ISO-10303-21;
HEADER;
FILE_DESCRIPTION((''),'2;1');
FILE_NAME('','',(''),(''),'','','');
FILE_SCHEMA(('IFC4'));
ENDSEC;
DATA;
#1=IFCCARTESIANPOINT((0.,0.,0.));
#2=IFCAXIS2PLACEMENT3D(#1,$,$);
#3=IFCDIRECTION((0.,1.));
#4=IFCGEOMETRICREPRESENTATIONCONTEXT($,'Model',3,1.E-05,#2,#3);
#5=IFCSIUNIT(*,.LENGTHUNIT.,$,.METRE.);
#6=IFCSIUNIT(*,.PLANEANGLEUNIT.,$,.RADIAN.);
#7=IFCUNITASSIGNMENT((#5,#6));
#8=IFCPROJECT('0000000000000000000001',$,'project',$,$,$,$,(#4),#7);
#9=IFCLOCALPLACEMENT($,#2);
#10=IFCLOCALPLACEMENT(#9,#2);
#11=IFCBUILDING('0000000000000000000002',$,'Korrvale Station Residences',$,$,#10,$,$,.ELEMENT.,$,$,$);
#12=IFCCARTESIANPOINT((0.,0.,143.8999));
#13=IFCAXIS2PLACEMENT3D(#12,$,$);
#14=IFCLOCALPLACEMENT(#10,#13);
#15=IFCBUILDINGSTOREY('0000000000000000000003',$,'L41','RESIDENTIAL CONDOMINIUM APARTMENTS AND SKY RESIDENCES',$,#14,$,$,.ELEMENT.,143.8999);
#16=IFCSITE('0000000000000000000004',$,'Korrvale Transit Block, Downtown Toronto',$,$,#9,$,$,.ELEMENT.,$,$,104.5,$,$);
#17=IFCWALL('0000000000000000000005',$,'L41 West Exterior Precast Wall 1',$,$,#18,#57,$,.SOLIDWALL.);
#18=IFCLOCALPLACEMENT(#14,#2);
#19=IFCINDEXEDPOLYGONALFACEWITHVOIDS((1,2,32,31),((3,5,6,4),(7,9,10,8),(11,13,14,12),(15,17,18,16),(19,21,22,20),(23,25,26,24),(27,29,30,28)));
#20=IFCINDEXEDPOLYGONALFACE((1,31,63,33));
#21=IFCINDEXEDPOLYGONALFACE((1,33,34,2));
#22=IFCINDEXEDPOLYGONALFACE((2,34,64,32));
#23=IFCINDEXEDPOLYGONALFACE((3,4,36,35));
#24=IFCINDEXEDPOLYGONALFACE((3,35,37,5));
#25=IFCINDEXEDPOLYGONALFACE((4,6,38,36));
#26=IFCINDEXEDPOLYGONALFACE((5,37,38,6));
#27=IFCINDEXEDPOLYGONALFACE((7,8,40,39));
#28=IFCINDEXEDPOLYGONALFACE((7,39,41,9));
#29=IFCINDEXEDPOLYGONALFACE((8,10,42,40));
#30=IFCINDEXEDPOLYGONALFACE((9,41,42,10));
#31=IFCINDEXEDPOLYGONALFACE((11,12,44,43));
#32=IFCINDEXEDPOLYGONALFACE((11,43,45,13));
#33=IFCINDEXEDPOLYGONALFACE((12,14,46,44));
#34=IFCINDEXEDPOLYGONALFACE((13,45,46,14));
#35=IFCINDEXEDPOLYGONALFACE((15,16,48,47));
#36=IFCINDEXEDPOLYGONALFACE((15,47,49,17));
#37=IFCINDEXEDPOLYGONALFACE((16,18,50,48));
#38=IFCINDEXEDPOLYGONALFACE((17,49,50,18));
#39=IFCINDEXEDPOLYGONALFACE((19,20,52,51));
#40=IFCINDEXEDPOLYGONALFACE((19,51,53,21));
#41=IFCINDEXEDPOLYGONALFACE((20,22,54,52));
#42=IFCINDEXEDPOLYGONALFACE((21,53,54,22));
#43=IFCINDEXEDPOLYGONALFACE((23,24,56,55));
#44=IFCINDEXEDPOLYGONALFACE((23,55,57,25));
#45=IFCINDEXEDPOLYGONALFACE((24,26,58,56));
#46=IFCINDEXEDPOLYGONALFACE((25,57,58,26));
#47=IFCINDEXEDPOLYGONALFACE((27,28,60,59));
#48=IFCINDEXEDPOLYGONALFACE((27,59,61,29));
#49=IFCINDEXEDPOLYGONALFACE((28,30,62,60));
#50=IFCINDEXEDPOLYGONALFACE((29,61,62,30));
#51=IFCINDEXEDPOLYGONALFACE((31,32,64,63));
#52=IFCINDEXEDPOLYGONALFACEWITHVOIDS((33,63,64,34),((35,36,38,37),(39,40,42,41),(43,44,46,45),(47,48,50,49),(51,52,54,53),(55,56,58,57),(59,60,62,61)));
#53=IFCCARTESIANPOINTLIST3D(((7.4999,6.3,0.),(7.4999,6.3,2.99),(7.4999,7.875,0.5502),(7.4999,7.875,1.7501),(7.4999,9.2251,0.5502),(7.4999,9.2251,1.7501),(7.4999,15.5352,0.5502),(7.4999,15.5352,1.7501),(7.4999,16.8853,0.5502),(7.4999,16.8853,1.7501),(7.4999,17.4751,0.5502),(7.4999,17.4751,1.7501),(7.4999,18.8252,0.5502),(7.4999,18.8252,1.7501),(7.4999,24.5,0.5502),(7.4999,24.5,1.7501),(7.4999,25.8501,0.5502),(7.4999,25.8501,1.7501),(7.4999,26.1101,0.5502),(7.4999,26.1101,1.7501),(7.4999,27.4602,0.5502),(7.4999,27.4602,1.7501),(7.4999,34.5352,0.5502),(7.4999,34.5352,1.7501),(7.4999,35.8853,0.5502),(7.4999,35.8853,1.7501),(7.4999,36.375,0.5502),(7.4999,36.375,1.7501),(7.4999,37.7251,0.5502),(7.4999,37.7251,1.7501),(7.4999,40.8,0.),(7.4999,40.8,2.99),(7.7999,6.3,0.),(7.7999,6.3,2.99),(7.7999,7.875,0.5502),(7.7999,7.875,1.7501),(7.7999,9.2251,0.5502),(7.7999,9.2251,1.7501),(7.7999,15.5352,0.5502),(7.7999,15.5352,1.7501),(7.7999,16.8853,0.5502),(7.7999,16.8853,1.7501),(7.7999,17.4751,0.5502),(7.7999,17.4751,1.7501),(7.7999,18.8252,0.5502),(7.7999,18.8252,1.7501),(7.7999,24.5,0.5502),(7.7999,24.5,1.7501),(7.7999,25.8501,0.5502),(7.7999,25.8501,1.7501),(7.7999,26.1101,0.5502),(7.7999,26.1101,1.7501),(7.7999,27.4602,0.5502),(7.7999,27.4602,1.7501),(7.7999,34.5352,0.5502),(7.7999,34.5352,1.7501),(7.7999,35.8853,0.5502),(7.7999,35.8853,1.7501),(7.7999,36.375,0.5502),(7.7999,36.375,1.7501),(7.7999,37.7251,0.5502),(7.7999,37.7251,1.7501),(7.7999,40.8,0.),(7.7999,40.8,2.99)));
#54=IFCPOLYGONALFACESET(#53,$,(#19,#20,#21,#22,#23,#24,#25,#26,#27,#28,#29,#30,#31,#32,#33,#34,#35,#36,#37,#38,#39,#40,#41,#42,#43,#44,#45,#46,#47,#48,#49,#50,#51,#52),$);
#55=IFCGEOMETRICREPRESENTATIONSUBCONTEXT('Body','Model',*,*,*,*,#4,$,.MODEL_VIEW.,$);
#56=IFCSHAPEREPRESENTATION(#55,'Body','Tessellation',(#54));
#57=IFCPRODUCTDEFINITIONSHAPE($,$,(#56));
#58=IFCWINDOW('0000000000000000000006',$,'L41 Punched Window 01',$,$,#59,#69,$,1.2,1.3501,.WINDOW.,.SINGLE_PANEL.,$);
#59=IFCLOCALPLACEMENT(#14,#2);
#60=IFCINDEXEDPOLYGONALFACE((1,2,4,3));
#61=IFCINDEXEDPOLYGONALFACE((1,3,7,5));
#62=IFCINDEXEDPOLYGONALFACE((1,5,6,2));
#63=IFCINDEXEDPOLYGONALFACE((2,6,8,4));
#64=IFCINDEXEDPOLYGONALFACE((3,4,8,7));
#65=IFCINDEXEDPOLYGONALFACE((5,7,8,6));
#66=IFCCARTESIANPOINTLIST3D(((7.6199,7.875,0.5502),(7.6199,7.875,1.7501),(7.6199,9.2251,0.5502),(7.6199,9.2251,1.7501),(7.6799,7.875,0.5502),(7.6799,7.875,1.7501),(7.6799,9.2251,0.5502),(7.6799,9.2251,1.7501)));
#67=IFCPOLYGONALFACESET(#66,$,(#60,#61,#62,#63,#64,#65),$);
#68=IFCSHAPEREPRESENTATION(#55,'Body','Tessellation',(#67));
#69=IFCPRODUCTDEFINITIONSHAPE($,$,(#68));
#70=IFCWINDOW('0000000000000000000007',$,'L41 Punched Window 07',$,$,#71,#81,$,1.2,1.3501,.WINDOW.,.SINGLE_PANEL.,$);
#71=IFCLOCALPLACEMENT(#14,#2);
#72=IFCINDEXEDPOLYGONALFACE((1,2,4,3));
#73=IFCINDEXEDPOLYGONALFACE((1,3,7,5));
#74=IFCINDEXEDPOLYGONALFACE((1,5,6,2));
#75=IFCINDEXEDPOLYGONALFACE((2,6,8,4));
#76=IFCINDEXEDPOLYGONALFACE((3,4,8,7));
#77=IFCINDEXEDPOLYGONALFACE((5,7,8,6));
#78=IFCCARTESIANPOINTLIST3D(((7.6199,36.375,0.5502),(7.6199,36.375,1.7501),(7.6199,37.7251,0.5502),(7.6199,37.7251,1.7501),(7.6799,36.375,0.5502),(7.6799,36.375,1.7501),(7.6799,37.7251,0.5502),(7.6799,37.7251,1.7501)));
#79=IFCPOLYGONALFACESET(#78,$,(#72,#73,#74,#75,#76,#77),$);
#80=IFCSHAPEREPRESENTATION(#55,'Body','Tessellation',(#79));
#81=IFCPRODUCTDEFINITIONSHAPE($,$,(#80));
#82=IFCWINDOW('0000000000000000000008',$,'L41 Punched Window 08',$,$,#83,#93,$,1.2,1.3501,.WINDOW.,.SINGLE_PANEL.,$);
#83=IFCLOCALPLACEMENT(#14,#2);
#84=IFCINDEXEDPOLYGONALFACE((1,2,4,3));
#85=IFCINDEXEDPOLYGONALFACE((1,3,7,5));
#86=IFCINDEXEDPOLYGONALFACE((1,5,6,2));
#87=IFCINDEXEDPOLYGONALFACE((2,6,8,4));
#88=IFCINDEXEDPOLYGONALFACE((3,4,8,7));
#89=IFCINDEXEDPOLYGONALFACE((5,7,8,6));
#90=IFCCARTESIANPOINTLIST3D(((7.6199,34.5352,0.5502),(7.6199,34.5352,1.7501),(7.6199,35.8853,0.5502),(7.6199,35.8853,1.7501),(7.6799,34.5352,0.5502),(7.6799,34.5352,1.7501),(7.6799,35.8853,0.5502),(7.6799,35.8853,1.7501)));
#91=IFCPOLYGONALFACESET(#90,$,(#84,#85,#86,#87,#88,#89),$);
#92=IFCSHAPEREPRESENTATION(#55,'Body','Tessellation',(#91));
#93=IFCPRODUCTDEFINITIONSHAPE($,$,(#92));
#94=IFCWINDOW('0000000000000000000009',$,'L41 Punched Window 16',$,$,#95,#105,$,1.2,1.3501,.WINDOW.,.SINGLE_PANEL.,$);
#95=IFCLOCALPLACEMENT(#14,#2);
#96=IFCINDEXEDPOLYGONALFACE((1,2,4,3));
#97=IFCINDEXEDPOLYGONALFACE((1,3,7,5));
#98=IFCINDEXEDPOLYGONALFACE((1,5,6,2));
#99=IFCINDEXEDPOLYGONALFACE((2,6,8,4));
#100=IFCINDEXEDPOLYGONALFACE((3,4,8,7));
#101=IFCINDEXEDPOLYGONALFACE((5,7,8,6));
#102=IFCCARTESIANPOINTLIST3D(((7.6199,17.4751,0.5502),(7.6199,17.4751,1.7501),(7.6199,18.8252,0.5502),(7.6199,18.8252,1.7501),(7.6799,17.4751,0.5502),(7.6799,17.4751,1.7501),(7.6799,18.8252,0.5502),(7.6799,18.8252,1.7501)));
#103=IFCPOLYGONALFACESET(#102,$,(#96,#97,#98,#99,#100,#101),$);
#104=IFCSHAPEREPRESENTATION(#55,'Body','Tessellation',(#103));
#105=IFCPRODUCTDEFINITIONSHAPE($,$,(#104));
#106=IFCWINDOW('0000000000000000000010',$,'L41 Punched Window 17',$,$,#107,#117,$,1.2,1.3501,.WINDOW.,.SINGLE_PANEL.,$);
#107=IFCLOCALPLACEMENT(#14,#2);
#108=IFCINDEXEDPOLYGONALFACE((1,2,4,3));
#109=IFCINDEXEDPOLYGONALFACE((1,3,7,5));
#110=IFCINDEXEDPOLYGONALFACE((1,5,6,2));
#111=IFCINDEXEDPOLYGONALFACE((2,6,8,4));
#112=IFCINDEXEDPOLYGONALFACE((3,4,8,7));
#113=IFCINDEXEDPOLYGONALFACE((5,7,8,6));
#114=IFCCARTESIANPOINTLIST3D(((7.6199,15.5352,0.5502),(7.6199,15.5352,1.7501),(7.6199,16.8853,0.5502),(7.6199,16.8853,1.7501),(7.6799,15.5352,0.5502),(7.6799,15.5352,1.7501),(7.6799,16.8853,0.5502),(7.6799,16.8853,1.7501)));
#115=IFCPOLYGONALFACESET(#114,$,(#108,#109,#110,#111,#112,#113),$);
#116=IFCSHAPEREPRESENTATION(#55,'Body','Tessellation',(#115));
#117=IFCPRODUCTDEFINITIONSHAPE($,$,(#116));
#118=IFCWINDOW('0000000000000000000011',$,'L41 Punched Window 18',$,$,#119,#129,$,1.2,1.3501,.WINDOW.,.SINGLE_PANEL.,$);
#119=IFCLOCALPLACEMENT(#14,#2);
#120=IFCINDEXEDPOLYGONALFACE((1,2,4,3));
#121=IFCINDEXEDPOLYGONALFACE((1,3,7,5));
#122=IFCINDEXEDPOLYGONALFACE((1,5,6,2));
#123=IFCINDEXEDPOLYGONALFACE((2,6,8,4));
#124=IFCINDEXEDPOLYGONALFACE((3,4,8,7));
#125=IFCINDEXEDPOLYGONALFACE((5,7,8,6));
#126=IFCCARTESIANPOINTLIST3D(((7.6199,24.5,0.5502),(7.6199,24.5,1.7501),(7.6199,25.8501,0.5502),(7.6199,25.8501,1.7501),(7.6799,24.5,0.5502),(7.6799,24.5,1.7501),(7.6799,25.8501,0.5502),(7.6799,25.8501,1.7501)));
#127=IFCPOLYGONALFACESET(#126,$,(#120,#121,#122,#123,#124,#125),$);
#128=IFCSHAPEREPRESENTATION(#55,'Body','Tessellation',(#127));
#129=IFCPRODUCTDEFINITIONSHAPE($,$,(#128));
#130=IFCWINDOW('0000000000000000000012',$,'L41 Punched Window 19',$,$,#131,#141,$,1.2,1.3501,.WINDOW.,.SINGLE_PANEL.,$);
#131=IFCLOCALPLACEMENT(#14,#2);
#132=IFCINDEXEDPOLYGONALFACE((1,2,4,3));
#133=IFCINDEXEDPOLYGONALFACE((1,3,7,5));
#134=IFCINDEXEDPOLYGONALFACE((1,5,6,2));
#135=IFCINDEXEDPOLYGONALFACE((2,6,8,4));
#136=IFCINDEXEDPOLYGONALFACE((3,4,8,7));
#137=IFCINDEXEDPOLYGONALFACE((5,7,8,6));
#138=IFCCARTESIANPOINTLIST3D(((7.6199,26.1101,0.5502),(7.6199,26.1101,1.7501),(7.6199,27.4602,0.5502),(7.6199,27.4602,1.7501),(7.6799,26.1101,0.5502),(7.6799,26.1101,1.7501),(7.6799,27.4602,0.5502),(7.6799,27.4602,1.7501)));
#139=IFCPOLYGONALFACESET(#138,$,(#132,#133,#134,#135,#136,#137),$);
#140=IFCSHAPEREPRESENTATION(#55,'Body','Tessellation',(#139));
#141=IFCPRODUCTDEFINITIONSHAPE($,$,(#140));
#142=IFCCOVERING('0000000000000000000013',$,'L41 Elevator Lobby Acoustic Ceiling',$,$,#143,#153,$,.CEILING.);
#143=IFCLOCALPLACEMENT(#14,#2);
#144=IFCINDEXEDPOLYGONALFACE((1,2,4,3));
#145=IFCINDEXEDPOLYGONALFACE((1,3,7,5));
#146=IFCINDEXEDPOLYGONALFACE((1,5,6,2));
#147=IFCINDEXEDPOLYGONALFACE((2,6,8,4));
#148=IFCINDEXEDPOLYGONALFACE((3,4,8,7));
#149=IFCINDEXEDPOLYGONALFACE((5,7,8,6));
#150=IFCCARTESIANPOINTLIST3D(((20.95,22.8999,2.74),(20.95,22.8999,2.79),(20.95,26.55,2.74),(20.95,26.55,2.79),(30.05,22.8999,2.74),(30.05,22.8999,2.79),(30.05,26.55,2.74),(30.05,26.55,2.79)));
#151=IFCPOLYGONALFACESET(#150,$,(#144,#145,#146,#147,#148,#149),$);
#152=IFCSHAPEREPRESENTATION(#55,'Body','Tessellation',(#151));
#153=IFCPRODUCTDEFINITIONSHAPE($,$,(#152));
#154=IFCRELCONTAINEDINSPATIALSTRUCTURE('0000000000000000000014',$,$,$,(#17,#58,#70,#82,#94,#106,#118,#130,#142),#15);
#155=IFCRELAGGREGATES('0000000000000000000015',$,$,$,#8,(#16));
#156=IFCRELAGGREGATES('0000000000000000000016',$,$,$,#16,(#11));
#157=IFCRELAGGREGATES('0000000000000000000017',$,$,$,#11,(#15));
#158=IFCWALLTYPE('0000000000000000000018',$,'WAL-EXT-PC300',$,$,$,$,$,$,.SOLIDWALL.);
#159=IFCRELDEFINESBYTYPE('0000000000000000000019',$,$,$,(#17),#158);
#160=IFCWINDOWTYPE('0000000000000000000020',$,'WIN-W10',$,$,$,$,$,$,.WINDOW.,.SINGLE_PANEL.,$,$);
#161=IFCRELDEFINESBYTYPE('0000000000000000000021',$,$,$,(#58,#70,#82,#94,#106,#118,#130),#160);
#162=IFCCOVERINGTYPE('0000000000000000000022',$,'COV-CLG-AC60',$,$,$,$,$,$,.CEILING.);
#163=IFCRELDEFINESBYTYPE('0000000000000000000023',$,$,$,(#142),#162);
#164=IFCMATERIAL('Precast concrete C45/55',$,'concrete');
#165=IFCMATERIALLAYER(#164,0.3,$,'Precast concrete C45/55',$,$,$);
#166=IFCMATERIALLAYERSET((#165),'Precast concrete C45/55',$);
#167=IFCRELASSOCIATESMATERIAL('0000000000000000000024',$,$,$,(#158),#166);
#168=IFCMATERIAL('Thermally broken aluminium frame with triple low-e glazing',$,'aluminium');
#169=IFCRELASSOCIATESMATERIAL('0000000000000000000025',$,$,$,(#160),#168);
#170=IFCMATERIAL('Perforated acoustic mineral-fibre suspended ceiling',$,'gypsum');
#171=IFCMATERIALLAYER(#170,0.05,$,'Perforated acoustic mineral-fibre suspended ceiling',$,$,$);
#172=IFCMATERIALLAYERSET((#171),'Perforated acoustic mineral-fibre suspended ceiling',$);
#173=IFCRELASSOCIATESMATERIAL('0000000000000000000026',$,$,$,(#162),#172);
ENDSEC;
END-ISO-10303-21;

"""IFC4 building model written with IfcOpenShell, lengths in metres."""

from ifc_helpers import new_model, si_unit, direction, frame, frame_2d, origin, place, context, subcontext, project, spatial, polyline, rectangle, outline, extrude, material, layer, layer_set, type_object, element, fill, save


model = new_model("IFC4")

# Units and contexts
model_context = context("Model", 3, precision=1e-05, world=origin(), true_north=direction((0.0, 1.0)))
body_context = subcontext(model_context, "Body", "Model", "MODEL_VIEW")
ifc_project = project(units=[si_unit("LENGTHUNIT", "METRE"), si_unit("PLANEANGLEUNIT", "RADIAN")], contexts=[model_context])

# Site, building, storey
site_placement = place(None, origin())
site = spatial("IfcSite", under=ifc_project, at=site_placement, Name="Korrvale Transit Block, Downtown Toronto", CompositionType="ELEMENT", RefElevation=104.5)
building_placement = place(site_placement, origin())
building = spatial("IfcBuilding", under=site, at=building_placement, Name="Korrvale Station Residences", CompositionType="ELEMENT")
storey_placement = place(building_placement, frame((0.0, 0.0, 143.8999)))
storey = spatial("IfcBuildingStorey", under=building, at=storey_placement, Name="L41", Description="RESIDENTIAL CONDOMINIUM APARTMENTS AND SKY RESIDENCES", CompositionType="ELEMENT", Elevation=143.8999)

# Shared definitions
ifc_material_1 = material(Name="Precast concrete C45/55", Category="concrete")
ifc_layer_1 = layer(ifc_material_1, 0.3, Name="Precast concrete C45/55")
ifc_layer_set_1 = layer_set([ifc_layer_1], Name="Precast concrete C45/55")
wall_type_1 = type_object("IfcWallType", Name="WAL-EXT-PC300", PredefinedType="SOLIDWALL", material=ifc_layer_set_1)

# Wall, openings, windows
wall_1_placement = place(storey_placement, frame((7.6499, 6.3, 0.0), z_axis=(0.0, 0.0, 1.0), x_axis=(0.0, 1.0, 0.0)))
wall_1 = element("IfcWall", 1, at=wall_1_placement, inside=storey, type_object=wall_type_1, Name="L41 West Exterior Precast Wall 1", PredefinedType="SOLIDWALL", context=body_context, shape_type="SweptSolid", body=[
    extrude(rectangle(XDim=34.5, YDim=0.3, at=frame_2d((17.25, 0.0))), origin(), (0.0, 0.0, 1.0), 2.99),
])
opening_1_placement = place(wall_1_placement, frame((1.575, 0.0, 0.55)))
opening_1 = element("IfcOpeningElement", 2, at=opening_1_placement, cuts=wall_1, PredefinedType="OPENING", context=body_context, shape_type="SweptSolid", body=[
    extrude(rectangle(XDim=1.3501, YDim=1.2, at=frame_2d((0.675, 0.6001))), frame((0.0, 0.1602, 0.0), z_axis=(0.0, -1.0, 0.0), x_axis=(1.0, 0.0, 0.0)), (0.0, 0.0, 1.0), 0.3201),
])
opening_2_placement = place(wall_1_placement, frame((30.075, 0.0, 0.55)))
opening_2 = element("IfcOpeningElement", 3, at=opening_2_placement, cuts=wall_1, PredefinedType="OPENING", context=body_context, shape_type="SweptSolid", body=[
    extrude(rectangle(XDim=1.3501, YDim=1.2, at=frame_2d((0.675, 0.6001))), frame((0.0, 0.1602, 0.0), z_axis=(0.0, -1.0, 0.0), x_axis=(1.0, 0.0, 0.0)), (0.0, 0.0, 1.0), 0.3201),
])
opening_3_placement = place(wall_1_placement, frame((28.2351, 0.0, 0.55)))
opening_3 = element("IfcOpeningElement", 4, at=opening_3_placement, cuts=wall_1, PredefinedType="OPENING", context=body_context, shape_type="SweptSolid", body=[
    extrude(rectangle(XDim=1.3501, YDim=1.2, at=frame_2d((0.675, 0.6001))), frame((0.0, 0.1602, 0.0), z_axis=(0.0, -1.0, 0.0), x_axis=(1.0, 0.0, 0.0)), (0.0, 0.0, 1.0), 0.3201),
])
opening_4_placement = place(wall_1_placement, frame((11.175, 0.0, 0.55)))
opening_4 = element("IfcOpeningElement", 5, at=opening_4_placement, cuts=wall_1, PredefinedType="OPENING", context=body_context, shape_type="SweptSolid", body=[
    extrude(rectangle(XDim=1.3501, YDim=1.2, at=frame_2d((0.675, 0.6001))), frame((0.0, 0.1602, 0.0), z_axis=(0.0, -1.0, 0.0), x_axis=(1.0, 0.0, 0.0)), (0.0, 0.0, 1.0), 0.3201),
])
opening_5_placement = place(wall_1_placement, frame((9.2351, 0.0, 0.55)))
opening_5 = element("IfcOpeningElement", 6, at=opening_5_placement, cuts=wall_1, PredefinedType="OPENING", context=body_context, shape_type="SweptSolid", body=[
    extrude(rectangle(XDim=1.3501, YDim=1.2, at=frame_2d((0.675, 0.6001))), frame((0.0, 0.1602, 0.0), z_axis=(0.0, -1.0, 0.0), x_axis=(1.0, 0.0, 0.0)), (0.0, 0.0, 1.0), 0.3201),
])
opening_6_placement = place(wall_1_placement, frame((18.2, 0.0, 0.55)))
opening_6 = element("IfcOpeningElement", 7, at=opening_6_placement, cuts=wall_1, PredefinedType="OPENING", context=body_context, shape_type="SweptSolid", body=[
    extrude(rectangle(XDim=1.3501, YDim=1.2, at=frame_2d((0.675, 0.6001))), frame((0.0, 0.1602, 0.0), z_axis=(0.0, -1.0, 0.0), x_axis=(1.0, 0.0, 0.0)), (0.0, 0.0, 1.0), 0.3201),
])
opening_7_placement = place(wall_1_placement, frame((19.8101, 0.0, 0.55)))
opening_7 = element("IfcOpeningElement", 8, at=opening_7_placement, cuts=wall_1, PredefinedType="OPENING", context=body_context, shape_type="SweptSolid", body=[
    extrude(rectangle(XDim=1.3501, YDim=1.2, at=frame_2d((0.675, 0.6001))), frame((0.0, 0.1602, 0.0), z_axis=(0.0, -1.0, 0.0), x_axis=(1.0, 0.0, 0.0)), (0.0, 0.0, 1.0), 0.3201),
])
ifc_material_2 = material(Name="Thermally broken aluminium frame with triple low-e glazing", Category="aluminium")
window_type = type_object("IfcWindowType", Name="WIN-W10", PartitioningType="SINGLE_PANEL", PredefinedType="WINDOW", material=ifc_material_2)
window_1_placement = place(opening_1_placement, origin())
window_1 = element("IfcWindow", 9, at=window_1_placement, inside=storey, type_object=window_type, Name="L41 Punched Window 01", OverallHeight=1.2, OverallWidth=1.3501, PartitioningType="SINGLE_PANEL", PredefinedType="WINDOW", context=body_context, shape_type="SweptSolid", body=[
    extrude(rectangle(XDim=1.3501, YDim=1.2, at=frame_2d((0.675, 0.6001))), frame((0.0, 0.03, 0.0), z_axis=(0.0, -1.0, 0.0), x_axis=(1.0, 0.0, 0.0)), (0.0, 0.0, 1.0), 0.0601),
])
fill(opening_1, window_1)
window_2_placement = place(opening_2_placement, origin())
window_2 = element("IfcWindow", 10, at=window_2_placement, inside=storey, type_object=window_type, Name="L41 Punched Window 07", OverallHeight=1.2, OverallWidth=1.3501, PartitioningType="SINGLE_PANEL", PredefinedType="WINDOW", context=body_context, shape_type="SweptSolid", body=[
    extrude(rectangle(XDim=1.3501, YDim=1.2, at=frame_2d((0.675, 0.6001))), frame((0.0, 0.03, 0.0), z_axis=(0.0, -1.0, 0.0), x_axis=(1.0, 0.0, 0.0)), (0.0, 0.0, 1.0), 0.0601),
])
fill(opening_2, window_2)
window_3_placement = place(opening_3_placement, origin())
window_3 = element("IfcWindow", 11, at=window_3_placement, inside=storey, type_object=window_type, Name="L41 Punched Window 08", OverallHeight=1.2, OverallWidth=1.3501, PartitioningType="SINGLE_PANEL", PredefinedType="WINDOW", context=body_context, shape_type="SweptSolid", body=[
    extrude(rectangle(XDim=1.3501, YDim=1.2, at=frame_2d((0.675, 0.6001))), frame((0.0, 0.03, 0.0), z_axis=(0.0, -1.0, 0.0), x_axis=(1.0, 0.0, 0.0)), (0.0, 0.0, 1.0), 0.0601),
])
fill(opening_3, window_3)
window_4_placement = place(opening_4_placement, origin())
window_4 = element("IfcWindow", 12, at=window_4_placement, inside=storey, type_object=window_type, Name="L41 Punched Window 16", OverallHeight=1.2, OverallWidth=1.3501, PartitioningType="SINGLE_PANEL", PredefinedType="WINDOW", context=body_context, shape_type="SweptSolid", body=[
    extrude(rectangle(XDim=1.3501, YDim=1.2, at=frame_2d((0.675, 0.6001))), frame((0.0, 0.03, 0.0), z_axis=(0.0, -1.0, 0.0), x_axis=(1.0, 0.0, 0.0)), (0.0, 0.0, 1.0), 0.0601),
])
fill(opening_4, window_4)
window_5_placement = place(opening_5_placement, origin())
window_5 = element("IfcWindow", 13, at=window_5_placement, inside=storey, type_object=window_type, Name="L41 Punched Window 17", OverallHeight=1.2, OverallWidth=1.3501, PartitioningType="SINGLE_PANEL", PredefinedType="WINDOW", context=body_context, shape_type="SweptSolid", body=[
    extrude(rectangle(XDim=1.3501, YDim=1.2, at=frame_2d((0.675, 0.6001))), frame((0.0, 0.03, 0.0), z_axis=(0.0, -1.0, 0.0), x_axis=(1.0, 0.0, 0.0)), (0.0, 0.0, 1.0), 0.0601),
])
fill(opening_5, window_5)
window_6_placement = place(opening_6_placement, origin())
window_6 = element("IfcWindow", 14, at=window_6_placement, inside=storey, type_object=window_type, Name="L41 Punched Window 18", OverallHeight=1.2, OverallWidth=1.3501, PartitioningType="SINGLE_PANEL", PredefinedType="WINDOW", context=body_context, shape_type="SweptSolid", body=[
    extrude(rectangle(XDim=1.3501, YDim=1.2, at=frame_2d((0.675, 0.6001))), frame((0.0, 0.03, 0.0), z_axis=(0.0, -1.0, 0.0), x_axis=(1.0, 0.0, 0.0)), (0.0, 0.0, 1.0), 0.0601),
])
fill(opening_6, window_6)
window_7_placement = place(opening_7_placement, origin())
window_7 = element("IfcWindow", 15, at=window_7_placement, inside=storey, type_object=window_type, Name="L41 Punched Window 19", OverallHeight=1.2, OverallWidth=1.3501, PartitioningType="SINGLE_PANEL", PredefinedType="WINDOW", context=body_context, shape_type="SweptSolid", body=[
    extrude(rectangle(XDim=1.3501, YDim=1.2, at=frame_2d((0.675, 0.6001))), frame((0.0, 0.03, 0.0), z_axis=(0.0, -1.0, 0.0), x_axis=(1.0, 0.0, 0.0)), (0.0, 0.0, 1.0), 0.0601),
])
fill(opening_7, window_7)

# Covering
ifc_material_3 = material(Name="Perforated acoustic mineral-fibre suspended ceiling", Category="gypsum")
ifc_layer_2 = layer(ifc_material_3, 0.05, Name="Perforated acoustic mineral-fibre suspended ceiling")
ifc_layer_set_2 = layer_set([ifc_layer_2], Name="Perforated acoustic mineral-fibre suspended ceiling")
covering_type_1 = type_object("IfcCoveringType", Name="COV-CLG-AC60", PredefinedType="CEILING", material=ifc_layer_set_2)
covering_1_placement = place(storey_placement, frame((0.0, 0.0, 2.74)))
element("IfcCovering", 16, at=covering_1_placement, inside=storey, type_object=covering_type_1, Name="L41 Elevator Lobby Acoustic Ceiling", PredefinedType="CEILING", context=body_context, shape_type="SweptSolid", body=[
    extrude(outline(polyline([(20.95, 22.8999), (30.05, 22.8999), (30.05, 26.55), (20.95, 26.55), (20.95, 22.8999)])), origin(), (0.0, 0.0, 1.0), 0.05),
])

save(model, "model.ifc")
